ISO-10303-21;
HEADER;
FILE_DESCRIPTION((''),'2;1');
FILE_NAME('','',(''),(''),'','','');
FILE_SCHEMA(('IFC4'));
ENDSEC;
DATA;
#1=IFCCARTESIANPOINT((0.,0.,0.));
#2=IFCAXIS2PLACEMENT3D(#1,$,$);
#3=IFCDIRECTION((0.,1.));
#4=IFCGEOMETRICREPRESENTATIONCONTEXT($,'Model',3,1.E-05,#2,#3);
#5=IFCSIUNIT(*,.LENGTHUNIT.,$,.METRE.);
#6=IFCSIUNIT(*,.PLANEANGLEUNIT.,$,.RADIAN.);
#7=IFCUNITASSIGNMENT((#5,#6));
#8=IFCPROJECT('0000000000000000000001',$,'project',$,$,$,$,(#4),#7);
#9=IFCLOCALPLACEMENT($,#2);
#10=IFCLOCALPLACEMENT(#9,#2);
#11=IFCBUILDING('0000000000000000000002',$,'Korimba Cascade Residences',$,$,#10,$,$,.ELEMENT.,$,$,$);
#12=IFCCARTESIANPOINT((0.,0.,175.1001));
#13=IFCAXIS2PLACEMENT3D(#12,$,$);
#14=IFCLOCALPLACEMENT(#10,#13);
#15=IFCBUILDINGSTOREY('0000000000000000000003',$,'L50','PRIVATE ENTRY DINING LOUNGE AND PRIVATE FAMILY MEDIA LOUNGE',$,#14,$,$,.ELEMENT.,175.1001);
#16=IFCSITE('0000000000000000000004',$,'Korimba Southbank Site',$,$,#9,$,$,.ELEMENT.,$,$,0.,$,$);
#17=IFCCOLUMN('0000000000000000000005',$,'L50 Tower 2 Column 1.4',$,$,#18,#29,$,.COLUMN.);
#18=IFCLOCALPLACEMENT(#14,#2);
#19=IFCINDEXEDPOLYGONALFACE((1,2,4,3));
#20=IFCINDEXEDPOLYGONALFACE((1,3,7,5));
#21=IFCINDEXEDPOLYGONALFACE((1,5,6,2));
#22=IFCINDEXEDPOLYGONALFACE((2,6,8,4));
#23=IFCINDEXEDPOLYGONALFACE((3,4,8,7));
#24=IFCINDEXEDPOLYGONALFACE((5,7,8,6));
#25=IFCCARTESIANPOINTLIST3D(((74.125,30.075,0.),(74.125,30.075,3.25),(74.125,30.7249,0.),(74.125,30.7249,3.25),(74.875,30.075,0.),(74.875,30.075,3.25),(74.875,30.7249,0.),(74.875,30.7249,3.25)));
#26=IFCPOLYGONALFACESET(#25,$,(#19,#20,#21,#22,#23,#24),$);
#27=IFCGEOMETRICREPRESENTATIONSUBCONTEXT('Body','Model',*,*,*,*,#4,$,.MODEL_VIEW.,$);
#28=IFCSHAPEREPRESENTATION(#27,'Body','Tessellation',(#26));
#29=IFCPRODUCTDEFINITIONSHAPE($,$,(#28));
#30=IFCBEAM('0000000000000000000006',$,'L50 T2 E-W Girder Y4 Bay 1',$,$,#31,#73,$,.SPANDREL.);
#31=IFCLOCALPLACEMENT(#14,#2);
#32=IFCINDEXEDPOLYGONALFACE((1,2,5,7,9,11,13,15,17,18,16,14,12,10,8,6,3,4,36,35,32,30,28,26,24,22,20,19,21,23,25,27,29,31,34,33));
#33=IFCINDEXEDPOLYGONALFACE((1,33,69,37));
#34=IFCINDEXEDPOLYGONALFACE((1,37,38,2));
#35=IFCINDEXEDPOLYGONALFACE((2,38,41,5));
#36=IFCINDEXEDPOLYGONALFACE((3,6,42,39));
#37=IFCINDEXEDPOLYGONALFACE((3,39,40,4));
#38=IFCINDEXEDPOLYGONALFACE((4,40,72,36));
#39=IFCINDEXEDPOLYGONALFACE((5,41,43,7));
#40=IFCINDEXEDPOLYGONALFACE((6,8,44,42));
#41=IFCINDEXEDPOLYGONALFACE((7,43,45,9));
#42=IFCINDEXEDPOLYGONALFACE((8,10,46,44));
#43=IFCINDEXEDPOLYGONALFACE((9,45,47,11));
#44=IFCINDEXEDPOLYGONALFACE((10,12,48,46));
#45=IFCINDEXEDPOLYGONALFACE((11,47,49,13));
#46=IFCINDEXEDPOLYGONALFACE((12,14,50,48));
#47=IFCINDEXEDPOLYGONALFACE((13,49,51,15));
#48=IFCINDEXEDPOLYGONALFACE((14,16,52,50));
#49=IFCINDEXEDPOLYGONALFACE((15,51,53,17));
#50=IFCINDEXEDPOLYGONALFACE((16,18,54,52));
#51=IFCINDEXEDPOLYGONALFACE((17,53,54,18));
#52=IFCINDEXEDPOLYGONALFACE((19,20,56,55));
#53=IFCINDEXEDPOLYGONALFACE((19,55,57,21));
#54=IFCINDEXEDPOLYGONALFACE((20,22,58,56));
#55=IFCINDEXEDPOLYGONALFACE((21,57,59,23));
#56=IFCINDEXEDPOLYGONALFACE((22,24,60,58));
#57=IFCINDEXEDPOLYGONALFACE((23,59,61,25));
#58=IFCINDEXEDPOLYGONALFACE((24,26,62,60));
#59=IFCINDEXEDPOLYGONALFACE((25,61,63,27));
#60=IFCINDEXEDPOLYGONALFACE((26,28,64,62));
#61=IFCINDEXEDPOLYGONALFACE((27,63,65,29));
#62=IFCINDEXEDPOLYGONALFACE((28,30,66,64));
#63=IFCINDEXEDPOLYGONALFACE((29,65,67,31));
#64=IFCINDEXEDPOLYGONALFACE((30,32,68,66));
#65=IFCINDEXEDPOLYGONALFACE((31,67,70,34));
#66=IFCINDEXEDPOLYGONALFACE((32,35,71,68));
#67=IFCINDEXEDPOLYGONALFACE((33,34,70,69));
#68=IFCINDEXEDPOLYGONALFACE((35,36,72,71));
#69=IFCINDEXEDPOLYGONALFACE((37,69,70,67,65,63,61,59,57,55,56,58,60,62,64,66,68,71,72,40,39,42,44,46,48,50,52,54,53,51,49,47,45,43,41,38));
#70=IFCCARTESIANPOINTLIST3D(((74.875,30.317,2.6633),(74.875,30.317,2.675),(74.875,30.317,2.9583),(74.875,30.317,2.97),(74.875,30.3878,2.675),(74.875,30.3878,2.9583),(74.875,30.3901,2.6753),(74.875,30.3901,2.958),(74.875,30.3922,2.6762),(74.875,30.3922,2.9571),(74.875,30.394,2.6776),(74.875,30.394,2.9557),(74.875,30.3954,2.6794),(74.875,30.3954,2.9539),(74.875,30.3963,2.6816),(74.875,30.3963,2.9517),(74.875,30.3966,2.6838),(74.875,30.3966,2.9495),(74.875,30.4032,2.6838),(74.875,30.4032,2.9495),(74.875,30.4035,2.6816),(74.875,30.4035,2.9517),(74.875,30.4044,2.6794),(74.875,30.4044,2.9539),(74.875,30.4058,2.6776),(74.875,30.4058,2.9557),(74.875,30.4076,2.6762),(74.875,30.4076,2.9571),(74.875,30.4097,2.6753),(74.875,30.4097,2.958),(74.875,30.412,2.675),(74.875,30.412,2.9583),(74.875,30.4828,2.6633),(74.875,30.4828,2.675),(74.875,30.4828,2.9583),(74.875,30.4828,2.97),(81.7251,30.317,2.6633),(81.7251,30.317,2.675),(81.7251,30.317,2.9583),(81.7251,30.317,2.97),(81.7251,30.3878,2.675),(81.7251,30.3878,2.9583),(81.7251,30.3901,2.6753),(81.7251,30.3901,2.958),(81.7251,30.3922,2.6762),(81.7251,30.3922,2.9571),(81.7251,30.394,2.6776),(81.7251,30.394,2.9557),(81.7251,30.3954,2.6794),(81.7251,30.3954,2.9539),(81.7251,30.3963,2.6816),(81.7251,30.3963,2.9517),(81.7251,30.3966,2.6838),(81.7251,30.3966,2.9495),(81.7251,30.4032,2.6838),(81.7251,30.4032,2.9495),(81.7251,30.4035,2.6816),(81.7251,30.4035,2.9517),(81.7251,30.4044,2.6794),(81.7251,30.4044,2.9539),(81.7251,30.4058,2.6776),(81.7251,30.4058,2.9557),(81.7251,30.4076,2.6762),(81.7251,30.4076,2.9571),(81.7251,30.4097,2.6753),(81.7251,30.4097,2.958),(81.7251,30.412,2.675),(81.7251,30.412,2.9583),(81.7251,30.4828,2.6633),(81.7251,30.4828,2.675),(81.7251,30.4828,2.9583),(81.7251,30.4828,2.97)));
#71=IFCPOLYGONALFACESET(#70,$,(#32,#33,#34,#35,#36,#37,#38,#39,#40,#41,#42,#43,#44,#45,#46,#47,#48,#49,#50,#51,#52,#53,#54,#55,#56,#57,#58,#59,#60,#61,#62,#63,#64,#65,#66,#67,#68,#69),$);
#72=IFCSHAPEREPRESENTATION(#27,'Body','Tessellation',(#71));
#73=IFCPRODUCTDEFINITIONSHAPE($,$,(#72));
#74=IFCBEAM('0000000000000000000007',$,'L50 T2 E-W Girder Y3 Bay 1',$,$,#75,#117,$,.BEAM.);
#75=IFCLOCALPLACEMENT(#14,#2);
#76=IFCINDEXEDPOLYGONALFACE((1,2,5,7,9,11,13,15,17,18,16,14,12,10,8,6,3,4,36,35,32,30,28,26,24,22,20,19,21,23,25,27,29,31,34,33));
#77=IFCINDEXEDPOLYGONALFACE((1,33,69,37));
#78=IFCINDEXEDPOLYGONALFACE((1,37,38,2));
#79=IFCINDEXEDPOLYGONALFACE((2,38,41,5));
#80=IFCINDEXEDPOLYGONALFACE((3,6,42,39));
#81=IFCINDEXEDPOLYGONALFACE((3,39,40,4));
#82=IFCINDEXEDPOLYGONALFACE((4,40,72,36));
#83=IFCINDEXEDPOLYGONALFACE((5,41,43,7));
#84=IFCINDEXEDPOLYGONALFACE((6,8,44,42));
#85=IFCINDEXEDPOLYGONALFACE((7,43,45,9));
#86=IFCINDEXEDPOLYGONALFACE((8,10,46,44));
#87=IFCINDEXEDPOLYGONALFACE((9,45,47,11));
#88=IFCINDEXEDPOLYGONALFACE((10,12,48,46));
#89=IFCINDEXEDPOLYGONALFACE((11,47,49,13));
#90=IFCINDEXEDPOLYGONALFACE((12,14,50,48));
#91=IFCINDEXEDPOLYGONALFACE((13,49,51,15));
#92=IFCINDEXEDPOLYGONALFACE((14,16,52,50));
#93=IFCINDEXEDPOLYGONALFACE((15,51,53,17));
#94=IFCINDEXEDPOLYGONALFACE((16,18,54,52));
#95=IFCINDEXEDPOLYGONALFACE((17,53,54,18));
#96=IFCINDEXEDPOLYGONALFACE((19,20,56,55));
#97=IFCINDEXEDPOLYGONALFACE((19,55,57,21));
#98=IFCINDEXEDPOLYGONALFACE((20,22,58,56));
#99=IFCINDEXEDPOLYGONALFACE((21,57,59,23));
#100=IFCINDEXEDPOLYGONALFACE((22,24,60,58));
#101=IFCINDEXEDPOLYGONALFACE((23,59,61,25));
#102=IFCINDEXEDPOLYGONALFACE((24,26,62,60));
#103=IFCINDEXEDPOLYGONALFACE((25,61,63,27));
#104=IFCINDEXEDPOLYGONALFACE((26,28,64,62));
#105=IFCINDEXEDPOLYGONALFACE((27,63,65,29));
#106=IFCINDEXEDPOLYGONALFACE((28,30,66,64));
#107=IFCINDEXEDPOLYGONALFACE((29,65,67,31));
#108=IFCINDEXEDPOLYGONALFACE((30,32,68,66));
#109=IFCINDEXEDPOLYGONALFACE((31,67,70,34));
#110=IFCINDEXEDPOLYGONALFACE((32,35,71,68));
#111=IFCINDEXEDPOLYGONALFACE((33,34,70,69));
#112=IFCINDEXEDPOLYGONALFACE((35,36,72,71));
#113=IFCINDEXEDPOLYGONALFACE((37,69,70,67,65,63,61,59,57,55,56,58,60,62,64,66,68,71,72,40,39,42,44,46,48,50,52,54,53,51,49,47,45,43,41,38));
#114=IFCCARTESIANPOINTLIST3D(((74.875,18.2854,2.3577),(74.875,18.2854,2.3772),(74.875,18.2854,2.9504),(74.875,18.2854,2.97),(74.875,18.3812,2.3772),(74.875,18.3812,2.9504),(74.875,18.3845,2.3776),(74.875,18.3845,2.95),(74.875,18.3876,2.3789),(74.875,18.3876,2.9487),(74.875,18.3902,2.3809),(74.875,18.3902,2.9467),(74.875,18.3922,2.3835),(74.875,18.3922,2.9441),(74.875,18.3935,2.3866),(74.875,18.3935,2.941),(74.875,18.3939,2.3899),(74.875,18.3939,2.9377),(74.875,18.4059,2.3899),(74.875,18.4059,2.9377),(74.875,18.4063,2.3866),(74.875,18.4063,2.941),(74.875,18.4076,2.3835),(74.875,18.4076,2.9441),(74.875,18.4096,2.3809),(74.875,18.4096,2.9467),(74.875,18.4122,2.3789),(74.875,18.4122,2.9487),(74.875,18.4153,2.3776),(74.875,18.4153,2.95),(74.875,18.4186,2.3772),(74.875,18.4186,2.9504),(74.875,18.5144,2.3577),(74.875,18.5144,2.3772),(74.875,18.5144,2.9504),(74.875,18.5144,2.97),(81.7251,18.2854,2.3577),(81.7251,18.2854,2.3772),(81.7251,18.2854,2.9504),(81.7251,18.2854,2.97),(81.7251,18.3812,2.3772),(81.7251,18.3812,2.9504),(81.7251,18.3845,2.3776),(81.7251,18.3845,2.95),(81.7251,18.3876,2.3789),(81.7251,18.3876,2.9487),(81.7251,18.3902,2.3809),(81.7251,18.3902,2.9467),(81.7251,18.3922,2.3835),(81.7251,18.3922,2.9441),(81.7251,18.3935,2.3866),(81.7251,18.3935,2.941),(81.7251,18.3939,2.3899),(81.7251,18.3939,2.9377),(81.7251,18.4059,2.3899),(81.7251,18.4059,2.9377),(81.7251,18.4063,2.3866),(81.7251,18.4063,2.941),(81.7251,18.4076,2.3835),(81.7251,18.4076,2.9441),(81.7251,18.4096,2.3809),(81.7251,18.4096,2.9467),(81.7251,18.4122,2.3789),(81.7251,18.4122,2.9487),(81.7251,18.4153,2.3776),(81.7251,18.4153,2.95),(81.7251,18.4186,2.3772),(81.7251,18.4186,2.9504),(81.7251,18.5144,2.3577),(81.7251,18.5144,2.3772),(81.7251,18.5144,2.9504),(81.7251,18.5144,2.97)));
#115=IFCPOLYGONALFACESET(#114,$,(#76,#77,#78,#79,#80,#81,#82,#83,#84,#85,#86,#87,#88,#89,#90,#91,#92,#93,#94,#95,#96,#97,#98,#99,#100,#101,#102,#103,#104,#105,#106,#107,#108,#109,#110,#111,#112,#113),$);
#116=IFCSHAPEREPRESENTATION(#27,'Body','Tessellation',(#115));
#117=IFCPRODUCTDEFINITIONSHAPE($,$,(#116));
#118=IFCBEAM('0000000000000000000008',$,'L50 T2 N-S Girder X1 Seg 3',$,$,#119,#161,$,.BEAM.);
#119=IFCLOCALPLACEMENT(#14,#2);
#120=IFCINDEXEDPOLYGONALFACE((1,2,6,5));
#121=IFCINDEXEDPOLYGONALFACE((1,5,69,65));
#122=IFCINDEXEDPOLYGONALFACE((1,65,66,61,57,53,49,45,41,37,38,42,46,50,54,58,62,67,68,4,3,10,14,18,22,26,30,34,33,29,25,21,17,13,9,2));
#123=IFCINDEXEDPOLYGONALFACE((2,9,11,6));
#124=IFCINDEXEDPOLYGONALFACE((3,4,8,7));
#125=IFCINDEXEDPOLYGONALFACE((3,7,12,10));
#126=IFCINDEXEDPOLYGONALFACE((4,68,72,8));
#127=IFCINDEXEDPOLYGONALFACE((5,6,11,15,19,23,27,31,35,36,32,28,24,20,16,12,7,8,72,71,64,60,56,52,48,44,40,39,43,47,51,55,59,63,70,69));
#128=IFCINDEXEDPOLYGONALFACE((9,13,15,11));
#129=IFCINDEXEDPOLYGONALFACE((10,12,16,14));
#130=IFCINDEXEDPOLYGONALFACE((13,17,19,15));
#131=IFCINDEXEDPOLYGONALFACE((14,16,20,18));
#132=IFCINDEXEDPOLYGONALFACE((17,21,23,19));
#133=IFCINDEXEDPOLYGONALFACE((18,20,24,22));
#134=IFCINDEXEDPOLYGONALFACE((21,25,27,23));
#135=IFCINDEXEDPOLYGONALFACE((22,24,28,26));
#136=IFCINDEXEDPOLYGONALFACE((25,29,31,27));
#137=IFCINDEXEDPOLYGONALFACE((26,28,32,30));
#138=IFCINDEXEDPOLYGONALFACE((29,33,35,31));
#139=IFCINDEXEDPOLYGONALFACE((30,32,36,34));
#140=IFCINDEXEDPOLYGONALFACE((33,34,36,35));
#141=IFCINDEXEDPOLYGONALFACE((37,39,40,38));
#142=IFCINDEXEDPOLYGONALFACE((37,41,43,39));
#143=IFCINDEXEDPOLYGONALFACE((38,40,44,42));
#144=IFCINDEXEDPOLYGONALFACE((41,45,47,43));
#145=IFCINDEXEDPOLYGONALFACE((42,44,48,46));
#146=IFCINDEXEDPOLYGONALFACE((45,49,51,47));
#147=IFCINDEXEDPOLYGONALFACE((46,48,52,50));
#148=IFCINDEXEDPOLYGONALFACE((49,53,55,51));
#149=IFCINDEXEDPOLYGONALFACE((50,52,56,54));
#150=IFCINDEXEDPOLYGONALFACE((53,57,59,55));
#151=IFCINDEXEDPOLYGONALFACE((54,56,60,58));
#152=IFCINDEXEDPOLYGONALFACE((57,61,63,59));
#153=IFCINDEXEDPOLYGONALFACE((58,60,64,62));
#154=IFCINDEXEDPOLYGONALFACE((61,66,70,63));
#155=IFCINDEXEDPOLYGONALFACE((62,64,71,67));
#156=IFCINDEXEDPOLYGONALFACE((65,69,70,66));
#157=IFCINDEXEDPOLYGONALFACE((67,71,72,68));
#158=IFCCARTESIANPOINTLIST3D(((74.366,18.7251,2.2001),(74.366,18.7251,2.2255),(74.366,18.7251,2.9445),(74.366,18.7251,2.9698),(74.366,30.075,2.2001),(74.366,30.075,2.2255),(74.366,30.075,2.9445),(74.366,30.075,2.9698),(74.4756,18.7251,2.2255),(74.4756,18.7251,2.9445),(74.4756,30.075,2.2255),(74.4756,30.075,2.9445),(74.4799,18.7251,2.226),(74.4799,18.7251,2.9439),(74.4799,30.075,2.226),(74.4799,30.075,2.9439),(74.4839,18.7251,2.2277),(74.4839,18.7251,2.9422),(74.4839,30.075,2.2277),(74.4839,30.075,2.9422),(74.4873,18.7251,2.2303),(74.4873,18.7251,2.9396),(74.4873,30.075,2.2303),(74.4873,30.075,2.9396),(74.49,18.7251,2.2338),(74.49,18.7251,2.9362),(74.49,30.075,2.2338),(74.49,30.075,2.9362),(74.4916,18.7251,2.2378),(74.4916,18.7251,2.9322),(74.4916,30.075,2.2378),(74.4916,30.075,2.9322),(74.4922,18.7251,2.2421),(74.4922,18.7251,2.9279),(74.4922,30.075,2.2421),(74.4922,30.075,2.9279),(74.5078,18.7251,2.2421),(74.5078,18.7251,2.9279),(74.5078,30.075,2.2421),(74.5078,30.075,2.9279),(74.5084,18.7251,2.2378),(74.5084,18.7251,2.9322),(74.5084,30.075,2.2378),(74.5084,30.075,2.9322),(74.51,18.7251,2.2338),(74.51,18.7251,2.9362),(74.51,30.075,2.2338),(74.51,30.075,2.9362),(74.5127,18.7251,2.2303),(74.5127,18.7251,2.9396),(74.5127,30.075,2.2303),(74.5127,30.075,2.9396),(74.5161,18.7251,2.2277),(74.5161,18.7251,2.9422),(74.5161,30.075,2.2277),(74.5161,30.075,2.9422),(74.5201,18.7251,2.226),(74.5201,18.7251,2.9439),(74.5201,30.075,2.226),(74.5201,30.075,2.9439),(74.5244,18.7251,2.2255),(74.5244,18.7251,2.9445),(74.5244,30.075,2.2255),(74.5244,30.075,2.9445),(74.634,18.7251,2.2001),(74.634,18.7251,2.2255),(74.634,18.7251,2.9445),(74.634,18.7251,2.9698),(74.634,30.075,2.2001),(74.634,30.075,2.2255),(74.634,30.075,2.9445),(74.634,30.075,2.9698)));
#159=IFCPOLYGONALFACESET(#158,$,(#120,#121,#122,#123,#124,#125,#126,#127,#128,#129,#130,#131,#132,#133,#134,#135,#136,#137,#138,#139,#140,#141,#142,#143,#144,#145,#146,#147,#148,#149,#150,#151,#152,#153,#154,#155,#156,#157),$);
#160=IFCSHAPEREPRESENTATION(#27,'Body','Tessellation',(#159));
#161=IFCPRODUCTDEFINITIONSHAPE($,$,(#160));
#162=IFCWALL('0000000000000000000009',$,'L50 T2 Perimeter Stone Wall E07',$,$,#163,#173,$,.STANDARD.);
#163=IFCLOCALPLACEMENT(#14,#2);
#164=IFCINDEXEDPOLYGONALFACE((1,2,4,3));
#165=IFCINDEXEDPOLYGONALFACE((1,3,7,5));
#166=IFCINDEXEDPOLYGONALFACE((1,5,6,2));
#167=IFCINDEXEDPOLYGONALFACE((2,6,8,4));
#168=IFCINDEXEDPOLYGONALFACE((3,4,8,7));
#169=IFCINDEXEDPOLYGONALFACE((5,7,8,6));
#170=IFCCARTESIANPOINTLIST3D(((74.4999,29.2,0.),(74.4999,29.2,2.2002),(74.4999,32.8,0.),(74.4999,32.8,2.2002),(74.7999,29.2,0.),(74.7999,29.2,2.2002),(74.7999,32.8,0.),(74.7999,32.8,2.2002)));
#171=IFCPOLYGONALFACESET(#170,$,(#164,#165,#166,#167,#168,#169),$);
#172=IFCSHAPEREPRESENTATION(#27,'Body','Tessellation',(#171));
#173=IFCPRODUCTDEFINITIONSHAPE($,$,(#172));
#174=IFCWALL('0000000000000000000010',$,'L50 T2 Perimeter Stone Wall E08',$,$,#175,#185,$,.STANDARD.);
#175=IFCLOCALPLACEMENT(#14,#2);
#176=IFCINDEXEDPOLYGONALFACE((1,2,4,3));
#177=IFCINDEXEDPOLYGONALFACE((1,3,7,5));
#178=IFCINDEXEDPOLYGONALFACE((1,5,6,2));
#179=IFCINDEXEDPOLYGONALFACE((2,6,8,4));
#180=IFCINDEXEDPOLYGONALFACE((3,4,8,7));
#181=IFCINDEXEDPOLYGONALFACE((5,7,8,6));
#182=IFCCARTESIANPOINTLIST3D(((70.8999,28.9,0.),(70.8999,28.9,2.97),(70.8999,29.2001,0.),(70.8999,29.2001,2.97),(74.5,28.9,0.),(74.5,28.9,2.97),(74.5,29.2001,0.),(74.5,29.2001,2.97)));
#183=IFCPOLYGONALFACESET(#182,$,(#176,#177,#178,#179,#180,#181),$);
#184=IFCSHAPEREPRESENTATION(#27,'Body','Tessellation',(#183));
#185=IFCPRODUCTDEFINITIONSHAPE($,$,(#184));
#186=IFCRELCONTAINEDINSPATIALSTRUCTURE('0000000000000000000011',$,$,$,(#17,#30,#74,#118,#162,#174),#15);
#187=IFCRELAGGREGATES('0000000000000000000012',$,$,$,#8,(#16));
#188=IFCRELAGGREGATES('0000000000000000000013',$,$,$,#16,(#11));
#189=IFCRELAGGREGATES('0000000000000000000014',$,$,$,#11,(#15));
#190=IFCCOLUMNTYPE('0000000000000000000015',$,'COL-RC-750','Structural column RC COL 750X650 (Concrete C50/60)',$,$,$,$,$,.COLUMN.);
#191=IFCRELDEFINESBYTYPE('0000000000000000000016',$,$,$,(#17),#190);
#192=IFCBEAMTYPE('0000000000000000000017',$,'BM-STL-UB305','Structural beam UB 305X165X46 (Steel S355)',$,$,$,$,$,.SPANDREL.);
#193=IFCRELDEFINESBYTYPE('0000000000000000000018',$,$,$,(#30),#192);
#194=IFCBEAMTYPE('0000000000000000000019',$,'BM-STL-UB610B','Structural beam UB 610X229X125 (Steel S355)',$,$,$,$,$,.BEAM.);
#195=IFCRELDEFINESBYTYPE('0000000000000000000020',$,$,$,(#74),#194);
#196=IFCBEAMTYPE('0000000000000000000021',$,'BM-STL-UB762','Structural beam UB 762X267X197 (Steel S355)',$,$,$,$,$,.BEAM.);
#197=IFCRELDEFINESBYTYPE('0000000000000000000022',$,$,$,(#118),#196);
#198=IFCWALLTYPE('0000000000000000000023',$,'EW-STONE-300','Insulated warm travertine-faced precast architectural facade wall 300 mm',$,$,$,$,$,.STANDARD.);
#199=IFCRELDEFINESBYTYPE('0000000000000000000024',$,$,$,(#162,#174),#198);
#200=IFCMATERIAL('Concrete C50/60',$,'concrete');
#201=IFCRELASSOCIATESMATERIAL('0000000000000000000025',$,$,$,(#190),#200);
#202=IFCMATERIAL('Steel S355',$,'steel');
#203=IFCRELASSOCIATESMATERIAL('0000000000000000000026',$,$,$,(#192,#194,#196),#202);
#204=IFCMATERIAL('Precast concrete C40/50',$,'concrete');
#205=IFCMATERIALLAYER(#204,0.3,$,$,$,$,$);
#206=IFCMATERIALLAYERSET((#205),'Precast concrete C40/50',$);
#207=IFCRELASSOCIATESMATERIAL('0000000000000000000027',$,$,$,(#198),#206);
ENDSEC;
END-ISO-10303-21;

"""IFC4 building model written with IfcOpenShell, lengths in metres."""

from ifc_helpers import new_model, si_unit, direction, frame, frame_2d, origin, origin_2d, place, context, subcontext, project, spatial, rectangle, i_section, extrude, material, layer, layer_set, material_profile, profile_set, type_object, element, save


model = new_model("IFC4")

# Units and contexts
model_context = context("Model", 3, precision=1e-05, world=origin(), true_north=direction((0.0, 1.0)))
body_context = subcontext(model_context, "Body", "Model", "MODEL_VIEW")
ifc_project = project(units=[si_unit("LENGTHUNIT", "METRE"), si_unit("PLANEANGLEUNIT", "RADIAN")], contexts=[model_context])

# Site, building, storey
site_placement = place(None, origin())
site = spatial("IfcSite", under=ifc_project, at=site_placement, Name="Korimba Southbank Site", CompositionType="ELEMENT", RefElevation=0.0)
building_placement = place(site_placement, origin())
building = spatial("IfcBuilding", under=site, at=building_placement, Name="Korimba Cascade Residences", CompositionType="ELEMENT")
storey_placement = place(building_placement, frame((0.0, 0.0, 175.1001)))
storey = spatial("IfcBuildingStorey", under=building, at=storey_placement, Name="L50", Description="PRIVATE ENTRY DINING LOUNGE AND PRIVATE FAMILY MEDIA LOUNGE", CompositionType="ELEMENT", Elevation=175.1001)

# Column
ifc_material_1 = material(Name="Concrete C50/60", Category="concrete")
ifc_material_profile_1 = material_profile(ifc_material_1, rectangle(XDim=0.75, YDim=0.6499, at=origin_2d()), Name="Concrete C50/60")
ifc_profile_set_1 = profile_set([ifc_material_profile_1], Name="Concrete C50/60")
column_type = type_object("IfcColumnType", Name="COL-RC-750", Description="Structural column RC COL 750X650 (Concrete C50/60)", PredefinedType="COLUMN", material=ifc_profile_set_1)
column_placement = place(storey_placement, frame((74.5, 30.3999, 0.0), z_axis=(0.0, 0.0, 1.0), x_axis=(1.0, 0.0, 0.0)))
element("IfcColumn", 1, at=column_placement, inside=storey, type_object=column_type, Name="L50 Tower 2 Column 1.4", PredefinedType="COLUMN", context=body_context, shape_type="SweptSolid", body=[
    extrude(rectangle(XDim=0.75, YDim=0.6499, at=origin_2d()), origin(), (0.0, 0.0, 1.0), 3.25),
])

# Beams
ifc_material_2 = material(Name="Steel S355", Category="steel")
ifc_material_profile_2 = material_profile(ifc_material_2, i_section(OverallWidth=0.1658, OverallDepth=0.3066, WebThickness=0.0066, FlangeThickness=0.0117, FilletRadius=0.0088, at=origin_2d()), Name="Steel S355")
ifc_profile_set_2 = profile_set([ifc_material_profile_2], Name="Steel S355")
beam_type_1 = type_object("IfcBeamType", Name="BM-STL-UB305", Description="Structural beam UB 305X165X46 (Steel S355)", PredefinedType="SPANDREL", material=ifc_profile_set_2)
beam_1_placement = place(storey_placement, frame((74.875, 30.3999, 2.8167), z_axis=(1.0, 0.0, 0.0), x_axis=(0.0, 1.0, 0.0)))
element("IfcBeam", 2, at=beam_1_placement, inside=storey, type_object=beam_type_1, Name="L50 T2 E-W Girder Y4 Bay 1", PredefinedType="SPANDREL", context=body_context, shape_type="SweptSolid", body=[
    extrude(i_section(OverallWidth=0.1658, OverallDepth=0.3066, WebThickness=0.0066, FlangeThickness=0.0117, FilletRadius=0.0088, at=origin_2d()), origin(), (0.0, 0.0, 1.0), 6.8501),
])
ifc_material_profile_3 = material_profile(ifc_material_2, i_section(OverallWidth=0.229, OverallDepth=0.6123, WebThickness=0.012, FlangeThickness=0.0195, FilletRadius=0.0127, at=origin_2d()), Name="Steel S355")
ifc_profile_set_3 = profile_set([ifc_material_profile_3], Name="Steel S355")
beam_type_2 = type_object("IfcBeamType", Name="BM-STL-UB610B", Description="Structural beam UB 610X229X125 (Steel S355)", PredefinedType="BEAM", material=ifc_profile_set_3)
beam_2_placement = place(storey_placement, frame((74.875, 18.3999, 2.6638), z_axis=(1.0, 0.0, 0.0), x_axis=(0.0, 1.0, 0.0)))
element("IfcBeam", 3, at=beam_2_placement, inside=storey, type_object=beam_type_2, Name="L50 T2 E-W Girder Y3 Bay 1", PredefinedType="BEAM", context=body_context, shape_type="SweptSolid", body=[
    extrude(i_section(OverallWidth=0.229, OverallDepth=0.6123, WebThickness=0.012, FlangeThickness=0.0195, FilletRadius=0.0127, at=origin_2d()), origin(), (0.0, 0.0, 1.0), 6.8501),
])
ifc_material_profile_4 = material_profile(ifc_material_2, i_section(OverallWidth=0.2681, OverallDepth=0.7698, WebThickness=0.0156, FlangeThickness=0.0254, FilletRadius=0.0166, at=origin_2d()), Name="Steel S355")
ifc_profile_set_4 = profile_set([ifc_material_profile_4], Name="Steel S355")
beam_type_3 = type_object("IfcBeamType", Name="BM-STL-UB762", Description="Structural beam UB 762X267X197 (Steel S355)", PredefinedType="BEAM", material=ifc_profile_set_4)
beam_3_placement = place(storey_placement, frame((74.5, 18.7251, 2.585), z_axis=(0.0, 1.0, 0.0), x_axis=(-1.0, 0.0, 0.0)))
element("IfcBeam", 4, at=beam_3_placement, inside=storey, type_object=beam_type_3, Name="L50 T2 N-S Girder X1 Seg 3", PredefinedType="BEAM", context=body_context, shape_type="SweptSolid", body=[
    extrude(i_section(OverallWidth=0.2681, OverallDepth=0.7698, WebThickness=0.0156, FlangeThickness=0.0254, FilletRadius=0.0166, at=origin_2d()), origin(), (0.0, 0.0, 1.0), 11.3499),
])

# Walls
ifc_material_3 = material(Name="Precast concrete C40/50", Category="concrete")
ifc_layer_1 = layer(ifc_material_3, 0.3)
ifc_layer_set_1 = layer_set([ifc_layer_1], Name="Precast concrete C40/50")
wall_type_1 = type_object("IfcWallType", Name="EW-STONE-300", Description="Insulated warm travertine-faced precast architectural facade wall 300 mm", PredefinedType="STANDARD", material=ifc_layer_set_1)
wall_1_placement = place(storey_placement, frame((74.6499, 32.8, 0.0), z_axis=(0.0, 0.0, 1.0), x_axis=(0.0, -1.0, 0.0)))
element("IfcWall", 5, at=wall_1_placement, inside=storey, type_object=wall_type_1, Name="L50 T2 Perimeter Stone Wall E07", PredefinedType="STANDARD", context=body_context, shape_type="SweptSolid", body=[
    extrude(rectangle(XDim=3.6001, YDim=0.3, at=frame_2d((1.8, 0.0))), origin(), (0.0, 0.0, 1.0), 2.2002),
])
wall_2_placement = place(storey_placement, frame((74.5, 29.05, 0.0), z_axis=(0.0, 0.0, 1.0), x_axis=(-1.0, 0.0, 0.0)))
element("IfcWall", 6, at=wall_2_placement, inside=storey, type_object=wall_type_1, Name="L50 T2 Perimeter Stone Wall E08", PredefinedType="STANDARD", context=body_context, shape_type="SweptSolid", body=[
    extrude(rectangle(XDim=3.6001, YDim=0.3, at=frame_2d((1.8, 0.0))), origin(), (0.0, 0.0, 1.0), 2.97),
])

save(model, "model.ifc")
